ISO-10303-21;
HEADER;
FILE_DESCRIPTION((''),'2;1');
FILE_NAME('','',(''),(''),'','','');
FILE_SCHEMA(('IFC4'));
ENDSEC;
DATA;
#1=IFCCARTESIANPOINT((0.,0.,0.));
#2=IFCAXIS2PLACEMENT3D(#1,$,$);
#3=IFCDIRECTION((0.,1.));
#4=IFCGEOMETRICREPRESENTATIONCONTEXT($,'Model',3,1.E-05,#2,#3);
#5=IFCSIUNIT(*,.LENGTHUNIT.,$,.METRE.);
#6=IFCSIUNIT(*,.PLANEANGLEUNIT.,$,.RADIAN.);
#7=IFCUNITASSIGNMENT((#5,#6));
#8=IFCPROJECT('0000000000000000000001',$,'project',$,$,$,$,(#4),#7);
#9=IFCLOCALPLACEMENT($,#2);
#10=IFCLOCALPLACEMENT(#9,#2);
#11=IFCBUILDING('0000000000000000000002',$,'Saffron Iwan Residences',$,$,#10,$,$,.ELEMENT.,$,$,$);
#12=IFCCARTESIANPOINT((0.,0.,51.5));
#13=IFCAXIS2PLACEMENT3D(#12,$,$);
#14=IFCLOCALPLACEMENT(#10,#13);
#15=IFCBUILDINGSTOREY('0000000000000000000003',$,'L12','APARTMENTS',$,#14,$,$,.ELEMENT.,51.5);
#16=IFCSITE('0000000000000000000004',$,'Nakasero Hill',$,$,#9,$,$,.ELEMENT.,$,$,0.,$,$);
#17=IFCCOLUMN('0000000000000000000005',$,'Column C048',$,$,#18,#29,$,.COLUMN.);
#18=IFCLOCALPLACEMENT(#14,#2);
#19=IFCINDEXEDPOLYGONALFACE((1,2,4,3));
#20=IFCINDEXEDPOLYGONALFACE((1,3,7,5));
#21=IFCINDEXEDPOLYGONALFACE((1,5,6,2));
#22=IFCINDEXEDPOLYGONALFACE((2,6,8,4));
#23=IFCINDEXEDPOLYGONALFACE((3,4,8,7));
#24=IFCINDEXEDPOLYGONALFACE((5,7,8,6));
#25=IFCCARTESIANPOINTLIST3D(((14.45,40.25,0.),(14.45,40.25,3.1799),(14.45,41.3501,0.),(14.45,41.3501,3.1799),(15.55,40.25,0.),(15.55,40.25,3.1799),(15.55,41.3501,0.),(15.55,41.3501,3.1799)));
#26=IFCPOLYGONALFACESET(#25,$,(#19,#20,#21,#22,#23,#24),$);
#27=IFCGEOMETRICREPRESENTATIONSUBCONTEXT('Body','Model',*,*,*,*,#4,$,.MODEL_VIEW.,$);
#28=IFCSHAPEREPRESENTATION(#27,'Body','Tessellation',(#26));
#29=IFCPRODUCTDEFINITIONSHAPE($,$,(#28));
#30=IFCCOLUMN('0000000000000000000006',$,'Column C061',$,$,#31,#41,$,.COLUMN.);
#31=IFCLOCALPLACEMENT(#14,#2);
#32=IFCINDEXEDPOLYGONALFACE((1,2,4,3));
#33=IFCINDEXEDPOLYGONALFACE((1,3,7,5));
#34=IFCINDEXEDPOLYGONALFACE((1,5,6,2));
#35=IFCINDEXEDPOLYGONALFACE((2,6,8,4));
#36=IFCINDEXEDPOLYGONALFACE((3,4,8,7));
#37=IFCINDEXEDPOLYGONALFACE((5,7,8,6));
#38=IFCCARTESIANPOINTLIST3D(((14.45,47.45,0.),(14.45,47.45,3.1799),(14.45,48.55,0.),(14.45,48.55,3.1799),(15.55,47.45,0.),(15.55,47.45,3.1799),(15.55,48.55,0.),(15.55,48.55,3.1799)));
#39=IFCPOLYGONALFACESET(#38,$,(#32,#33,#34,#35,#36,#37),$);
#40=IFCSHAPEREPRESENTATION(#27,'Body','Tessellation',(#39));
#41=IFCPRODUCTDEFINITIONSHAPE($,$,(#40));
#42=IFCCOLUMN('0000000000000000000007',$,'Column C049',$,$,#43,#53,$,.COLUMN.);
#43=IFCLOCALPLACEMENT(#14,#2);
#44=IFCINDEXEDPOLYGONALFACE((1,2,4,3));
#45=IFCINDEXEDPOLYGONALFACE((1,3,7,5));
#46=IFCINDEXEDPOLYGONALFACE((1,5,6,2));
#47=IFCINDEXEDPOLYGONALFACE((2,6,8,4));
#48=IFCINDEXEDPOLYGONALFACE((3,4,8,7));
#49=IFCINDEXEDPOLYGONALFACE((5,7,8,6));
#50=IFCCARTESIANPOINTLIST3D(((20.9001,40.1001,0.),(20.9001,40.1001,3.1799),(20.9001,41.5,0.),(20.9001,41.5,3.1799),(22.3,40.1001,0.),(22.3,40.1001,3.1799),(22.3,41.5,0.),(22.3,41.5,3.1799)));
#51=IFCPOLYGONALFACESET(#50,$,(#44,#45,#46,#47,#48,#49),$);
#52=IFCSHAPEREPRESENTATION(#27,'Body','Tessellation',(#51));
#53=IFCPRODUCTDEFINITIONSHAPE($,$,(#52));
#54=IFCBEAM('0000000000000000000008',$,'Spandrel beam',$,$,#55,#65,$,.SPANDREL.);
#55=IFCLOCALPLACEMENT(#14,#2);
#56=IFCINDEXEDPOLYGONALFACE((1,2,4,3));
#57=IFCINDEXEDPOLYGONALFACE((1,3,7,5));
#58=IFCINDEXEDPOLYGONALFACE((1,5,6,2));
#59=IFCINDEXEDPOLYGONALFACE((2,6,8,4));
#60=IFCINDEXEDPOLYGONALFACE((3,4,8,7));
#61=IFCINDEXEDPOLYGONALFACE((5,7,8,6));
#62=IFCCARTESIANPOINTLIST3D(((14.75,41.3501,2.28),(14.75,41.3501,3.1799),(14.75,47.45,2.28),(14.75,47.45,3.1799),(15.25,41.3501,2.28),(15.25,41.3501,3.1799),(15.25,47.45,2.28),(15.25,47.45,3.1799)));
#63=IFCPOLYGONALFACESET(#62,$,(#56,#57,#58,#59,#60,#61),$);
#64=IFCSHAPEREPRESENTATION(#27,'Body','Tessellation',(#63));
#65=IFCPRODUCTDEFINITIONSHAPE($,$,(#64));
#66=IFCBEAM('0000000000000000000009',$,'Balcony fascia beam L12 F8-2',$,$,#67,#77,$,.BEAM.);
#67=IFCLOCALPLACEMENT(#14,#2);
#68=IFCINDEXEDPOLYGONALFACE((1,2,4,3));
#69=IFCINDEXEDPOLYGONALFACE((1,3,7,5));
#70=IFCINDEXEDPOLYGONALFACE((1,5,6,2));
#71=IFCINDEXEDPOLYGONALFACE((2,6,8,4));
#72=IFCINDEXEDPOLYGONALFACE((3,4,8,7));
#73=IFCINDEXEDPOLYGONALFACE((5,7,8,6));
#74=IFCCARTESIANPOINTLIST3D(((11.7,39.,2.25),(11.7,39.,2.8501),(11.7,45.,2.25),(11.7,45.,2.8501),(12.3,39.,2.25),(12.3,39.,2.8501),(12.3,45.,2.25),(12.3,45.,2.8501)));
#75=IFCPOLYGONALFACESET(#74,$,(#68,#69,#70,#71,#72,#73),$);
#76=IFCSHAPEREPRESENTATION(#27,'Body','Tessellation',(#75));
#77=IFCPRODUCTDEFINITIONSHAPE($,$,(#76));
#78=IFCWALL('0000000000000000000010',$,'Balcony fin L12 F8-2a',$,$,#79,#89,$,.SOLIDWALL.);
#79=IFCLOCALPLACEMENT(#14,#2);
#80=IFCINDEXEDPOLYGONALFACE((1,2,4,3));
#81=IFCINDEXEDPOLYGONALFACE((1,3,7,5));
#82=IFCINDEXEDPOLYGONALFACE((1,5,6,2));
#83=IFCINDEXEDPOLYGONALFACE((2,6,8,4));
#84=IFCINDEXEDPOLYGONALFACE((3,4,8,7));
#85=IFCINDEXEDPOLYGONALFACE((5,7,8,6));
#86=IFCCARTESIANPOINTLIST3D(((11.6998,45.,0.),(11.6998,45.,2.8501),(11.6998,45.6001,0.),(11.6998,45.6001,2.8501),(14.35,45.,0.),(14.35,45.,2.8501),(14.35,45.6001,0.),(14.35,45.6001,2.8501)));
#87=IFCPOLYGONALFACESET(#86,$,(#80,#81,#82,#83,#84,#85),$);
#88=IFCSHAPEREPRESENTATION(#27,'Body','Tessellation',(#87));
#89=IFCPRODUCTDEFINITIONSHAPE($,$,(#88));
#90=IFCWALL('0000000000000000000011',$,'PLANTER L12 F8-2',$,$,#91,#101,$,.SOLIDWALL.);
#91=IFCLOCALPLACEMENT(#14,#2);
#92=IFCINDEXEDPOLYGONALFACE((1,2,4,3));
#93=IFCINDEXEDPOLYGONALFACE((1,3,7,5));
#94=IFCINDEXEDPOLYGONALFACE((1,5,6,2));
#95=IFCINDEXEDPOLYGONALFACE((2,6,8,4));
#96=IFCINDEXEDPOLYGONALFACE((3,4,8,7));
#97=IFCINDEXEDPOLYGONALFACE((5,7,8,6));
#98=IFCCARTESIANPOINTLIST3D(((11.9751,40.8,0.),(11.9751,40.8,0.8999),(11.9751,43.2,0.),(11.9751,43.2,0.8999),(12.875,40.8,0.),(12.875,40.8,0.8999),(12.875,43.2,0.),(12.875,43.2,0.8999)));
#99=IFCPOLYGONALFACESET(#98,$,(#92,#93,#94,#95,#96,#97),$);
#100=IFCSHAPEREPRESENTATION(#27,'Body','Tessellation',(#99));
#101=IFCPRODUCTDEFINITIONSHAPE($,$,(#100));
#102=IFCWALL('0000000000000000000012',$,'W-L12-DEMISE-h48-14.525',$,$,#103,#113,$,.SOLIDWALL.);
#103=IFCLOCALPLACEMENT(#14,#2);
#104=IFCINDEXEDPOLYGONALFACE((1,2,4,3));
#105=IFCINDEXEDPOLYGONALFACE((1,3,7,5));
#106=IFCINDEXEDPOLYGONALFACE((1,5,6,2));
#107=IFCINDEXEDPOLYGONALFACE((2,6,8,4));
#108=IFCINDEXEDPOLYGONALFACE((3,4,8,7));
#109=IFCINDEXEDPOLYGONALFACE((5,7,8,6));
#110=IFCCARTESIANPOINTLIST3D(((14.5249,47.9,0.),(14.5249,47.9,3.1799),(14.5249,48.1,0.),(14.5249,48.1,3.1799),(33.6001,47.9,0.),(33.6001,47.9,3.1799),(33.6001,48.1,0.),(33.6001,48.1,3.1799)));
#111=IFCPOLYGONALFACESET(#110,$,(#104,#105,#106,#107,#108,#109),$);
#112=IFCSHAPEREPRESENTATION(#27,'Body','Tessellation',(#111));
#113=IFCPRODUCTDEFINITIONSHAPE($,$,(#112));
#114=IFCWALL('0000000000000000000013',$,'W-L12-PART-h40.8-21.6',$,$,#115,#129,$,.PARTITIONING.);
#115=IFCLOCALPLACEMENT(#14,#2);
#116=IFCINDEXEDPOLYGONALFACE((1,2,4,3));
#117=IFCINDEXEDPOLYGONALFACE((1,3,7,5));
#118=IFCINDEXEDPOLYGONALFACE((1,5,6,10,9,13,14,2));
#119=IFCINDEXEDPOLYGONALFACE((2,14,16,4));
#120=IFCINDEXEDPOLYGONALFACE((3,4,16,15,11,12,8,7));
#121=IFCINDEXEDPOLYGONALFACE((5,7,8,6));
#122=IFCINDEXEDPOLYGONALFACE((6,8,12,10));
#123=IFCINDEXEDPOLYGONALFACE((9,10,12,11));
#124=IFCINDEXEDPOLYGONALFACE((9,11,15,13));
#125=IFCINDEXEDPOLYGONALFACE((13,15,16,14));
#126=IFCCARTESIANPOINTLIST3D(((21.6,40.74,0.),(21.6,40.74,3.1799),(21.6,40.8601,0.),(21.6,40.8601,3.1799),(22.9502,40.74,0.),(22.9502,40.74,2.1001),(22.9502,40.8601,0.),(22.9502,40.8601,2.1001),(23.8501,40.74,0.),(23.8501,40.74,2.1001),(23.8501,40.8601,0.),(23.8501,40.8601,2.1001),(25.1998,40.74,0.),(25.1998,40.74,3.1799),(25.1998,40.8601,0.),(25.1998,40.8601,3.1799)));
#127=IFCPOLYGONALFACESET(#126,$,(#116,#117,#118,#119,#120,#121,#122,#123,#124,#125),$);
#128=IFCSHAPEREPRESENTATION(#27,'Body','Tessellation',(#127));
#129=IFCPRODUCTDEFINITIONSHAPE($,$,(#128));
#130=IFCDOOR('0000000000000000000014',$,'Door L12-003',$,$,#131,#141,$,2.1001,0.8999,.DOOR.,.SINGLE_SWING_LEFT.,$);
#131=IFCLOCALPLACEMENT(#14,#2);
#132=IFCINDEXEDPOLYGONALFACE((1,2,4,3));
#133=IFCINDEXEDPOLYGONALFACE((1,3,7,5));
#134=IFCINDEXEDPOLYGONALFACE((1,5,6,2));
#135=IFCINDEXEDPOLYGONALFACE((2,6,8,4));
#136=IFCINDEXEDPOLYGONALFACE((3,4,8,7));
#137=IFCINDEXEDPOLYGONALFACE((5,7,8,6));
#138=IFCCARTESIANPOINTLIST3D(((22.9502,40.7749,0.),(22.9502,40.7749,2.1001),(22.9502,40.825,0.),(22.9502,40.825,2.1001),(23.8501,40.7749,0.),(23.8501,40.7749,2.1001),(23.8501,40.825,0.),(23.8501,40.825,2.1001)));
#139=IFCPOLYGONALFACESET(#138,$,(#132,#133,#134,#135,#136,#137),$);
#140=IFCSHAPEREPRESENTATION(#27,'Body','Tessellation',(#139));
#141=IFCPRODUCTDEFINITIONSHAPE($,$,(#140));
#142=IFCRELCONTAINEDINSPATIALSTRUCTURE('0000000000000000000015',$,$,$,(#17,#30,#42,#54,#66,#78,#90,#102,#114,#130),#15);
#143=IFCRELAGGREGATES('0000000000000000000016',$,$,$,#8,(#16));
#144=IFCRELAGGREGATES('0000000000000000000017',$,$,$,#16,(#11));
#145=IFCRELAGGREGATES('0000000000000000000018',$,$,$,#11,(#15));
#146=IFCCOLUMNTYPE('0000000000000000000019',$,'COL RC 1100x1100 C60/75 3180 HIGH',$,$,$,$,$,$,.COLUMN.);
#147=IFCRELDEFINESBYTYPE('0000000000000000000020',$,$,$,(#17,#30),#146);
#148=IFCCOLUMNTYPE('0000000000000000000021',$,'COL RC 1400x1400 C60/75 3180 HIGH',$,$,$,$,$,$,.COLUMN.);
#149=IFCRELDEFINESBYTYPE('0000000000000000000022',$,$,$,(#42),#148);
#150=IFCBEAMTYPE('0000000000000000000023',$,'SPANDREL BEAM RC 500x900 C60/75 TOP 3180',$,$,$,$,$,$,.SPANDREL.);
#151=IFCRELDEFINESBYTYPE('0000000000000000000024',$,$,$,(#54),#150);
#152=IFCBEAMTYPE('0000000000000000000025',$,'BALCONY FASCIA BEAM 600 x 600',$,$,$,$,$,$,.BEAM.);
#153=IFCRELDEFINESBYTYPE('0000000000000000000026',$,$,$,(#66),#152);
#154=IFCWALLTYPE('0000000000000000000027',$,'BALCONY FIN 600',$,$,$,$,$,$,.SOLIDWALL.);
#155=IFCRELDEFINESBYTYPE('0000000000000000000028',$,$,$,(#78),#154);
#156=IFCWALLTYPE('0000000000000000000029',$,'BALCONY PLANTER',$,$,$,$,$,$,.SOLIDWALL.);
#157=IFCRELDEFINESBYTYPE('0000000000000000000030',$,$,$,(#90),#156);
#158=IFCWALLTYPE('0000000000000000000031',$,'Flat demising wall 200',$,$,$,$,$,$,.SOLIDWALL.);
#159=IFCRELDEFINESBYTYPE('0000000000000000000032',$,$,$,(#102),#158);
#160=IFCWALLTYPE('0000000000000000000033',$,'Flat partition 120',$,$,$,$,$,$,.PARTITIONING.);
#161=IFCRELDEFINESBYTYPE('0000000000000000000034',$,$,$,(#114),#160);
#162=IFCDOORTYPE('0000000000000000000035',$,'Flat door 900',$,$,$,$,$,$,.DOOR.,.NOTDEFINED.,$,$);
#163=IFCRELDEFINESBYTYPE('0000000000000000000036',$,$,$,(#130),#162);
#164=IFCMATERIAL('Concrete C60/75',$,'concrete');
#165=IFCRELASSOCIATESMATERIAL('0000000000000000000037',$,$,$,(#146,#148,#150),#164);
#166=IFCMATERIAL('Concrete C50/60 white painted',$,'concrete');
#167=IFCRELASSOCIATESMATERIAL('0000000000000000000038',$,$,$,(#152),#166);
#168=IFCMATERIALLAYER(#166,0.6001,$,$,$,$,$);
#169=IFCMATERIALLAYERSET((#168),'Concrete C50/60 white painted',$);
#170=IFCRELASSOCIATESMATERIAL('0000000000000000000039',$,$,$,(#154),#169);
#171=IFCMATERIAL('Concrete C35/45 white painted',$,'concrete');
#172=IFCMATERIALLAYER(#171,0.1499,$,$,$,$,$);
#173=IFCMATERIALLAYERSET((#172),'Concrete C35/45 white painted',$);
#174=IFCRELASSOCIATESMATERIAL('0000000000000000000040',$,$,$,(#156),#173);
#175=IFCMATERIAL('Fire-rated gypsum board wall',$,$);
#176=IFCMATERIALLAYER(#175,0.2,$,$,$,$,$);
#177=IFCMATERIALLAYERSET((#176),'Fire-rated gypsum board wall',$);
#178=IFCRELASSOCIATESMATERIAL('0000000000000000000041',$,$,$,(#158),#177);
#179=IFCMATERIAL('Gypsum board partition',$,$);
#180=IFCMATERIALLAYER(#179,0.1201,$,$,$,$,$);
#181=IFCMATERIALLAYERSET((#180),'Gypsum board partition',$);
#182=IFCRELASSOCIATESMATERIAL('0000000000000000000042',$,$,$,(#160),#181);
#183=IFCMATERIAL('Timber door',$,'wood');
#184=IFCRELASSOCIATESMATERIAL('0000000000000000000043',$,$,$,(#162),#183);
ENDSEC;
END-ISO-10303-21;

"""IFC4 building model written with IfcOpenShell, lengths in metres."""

from ifc_helpers import new_model, si_unit, direction, frame, frame_2d, origin, origin_2d, place, context, subcontext, project, spatial, rectangle, extrude, source, transform, mapped, material, layer, layer_set, material_profile, profile_set, type_object, element, fill, save


model = new_model("IFC4")

# Units and contexts
model_context = context("Model", 3, precision=1e-05, world=origin(), true_north=direction((0.0, 1.0)))
body_context = subcontext(model_context, "Body", "Model", "MODEL_VIEW")
ifc_project = project(units=[si_unit("LENGTHUNIT", "METRE"), si_unit("PLANEANGLEUNIT", "RADIAN")], contexts=[model_context])

# Site, building, storey
site_placement = place(None, origin())
site = spatial("IfcSite", under=ifc_project, at=site_placement, Name="Nakasero Hill", CompositionType="ELEMENT", RefElevation=0.0)
building_placement = place(site_placement, origin())
building = spatial("IfcBuilding", under=site, at=building_placement, Name="Saffron Iwan Residences", CompositionType="ELEMENT")
storey_placement = place(building_placement, frame((0.0, 0.0, 51.5)))
storey = spatial("IfcBuildingStorey", under=building, at=storey_placement, Name="L12", Description="APARTMENTS", CompositionType="ELEMENT", Elevation=51.5)

# Columns
ifc_material_1 = material(Name="Concrete C60/75", Category="concrete")
ifc_material_profile_1 = material_profile(ifc_material_1, rectangle(XDim=1.1001, YDim=1.1001, at=origin_2d()), Name="RC 1100x1100")
ifc_profile_set_1 = profile_set([ifc_material_profile_1], Name="Concrete C60/75")
column_type_1 = type_object("IfcColumnType", Name="COL RC 1100x1100 C60/75 3180 HIGH", PredefinedType="COLUMN", material=ifc_profile_set_1)
shared_shape_1 = source(origin(), body_context, "Body", "SweptSolid", [
    extrude(rectangle(XDim=1.1001, YDim=1.1001, at=origin_2d()), origin(), (0.0, 0.0, 1.0), 3.1799),
])
for number, where, z_axis, x_axis, name in (
    (1, (15.0, 40.8, 0.0), (0.0, 0.0, 1.0), (1.0, 0.0, 0.0), "Column C048"),
    (2, (15.0, 48.0, 0.0), (0.0, 0.0, 1.0), (1.0, 0.0, 0.0), "Column C061"),
):
    element("IfcColumn", number, at=place(storey_placement, frame(where, z_axis=z_axis, x_axis=x_axis)), inside=storey, type_object=column_type_1, Name=name, PredefinedType="COLUMN", context=body_context, shape_type="MappedRepresentation", body=[
        mapped(shared_shape_1, transform((0.0, 0.0, 0.0))),
    ])
ifc_material_profile_2 = material_profile(ifc_material_1, rectangle(XDim=1.3999, YDim=1.3999, at=origin_2d()), Name="RC 1400x1400")
ifc_profile_set_2 = profile_set([ifc_material_profile_2], Name="Concrete C60/75")
column_type_2 = type_object("IfcColumnType", Name="COL RC 1400x1400 C60/75 3180 HIGH", PredefinedType="COLUMN", material=ifc_profile_set_2)
shared_shape_2 = source(origin(), body_context, "Body", "SweptSolid", [
    extrude(rectangle(XDim=1.3999, YDim=1.3999, at=origin_2d()), origin(), (0.0, 0.0, 1.0), 3.1799),
])
column_placement = place(storey_placement, frame((21.6001, 40.8, 0.0), z_axis=(0.0, 0.0, 1.0), x_axis=(1.0, 0.0, 0.0)))
element("IfcColumn", 3, at=column_placement, inside=storey, type_object=column_type_2, Name="Column C049", PredefinedType="COLUMN", context=body_context, shape_type="MappedRepresentation", body=[
    mapped(shared_shape_2, transform((0.0, 0.0, 0.0))),
])

# Beams
ifc_material_profile_3 = material_profile(ifc_material_1, rectangle(XDim=0.5, YDim=0.8999, at=origin_2d()), Name="RC 500x900")
ifc_profile_set_3 = profile_set([ifc_material_profile_3], Name="Concrete C60/75")
beam_type_1 = type_object("IfcBeamType", Name="SPANDREL BEAM RC 500x900 C60/75 TOP 3180", PredefinedType="SPANDREL", material=ifc_profile_set_3)
shared_shape_3 = source(origin(), body_context, "Body", "SweptSolid", [
    extrude(rectangle(XDim=0.5, YDim=0.8999, at=origin_2d()), origin(), (0.0, 0.0, 1.0), 6.0999),
])
beam_1_placement = place(storey_placement, frame((15.0, 41.3501, 2.73), z_axis=(0.0, 1.0, 0.0), x_axis=(-1.0, 0.0, 0.0)))
element("IfcBeam", 4, at=beam_1_placement, inside=storey, type_object=beam_type_1, Name="Spandrel beam", PredefinedType="SPANDREL", context=body_context, shape_type="MappedRepresentation", body=[
    mapped(shared_shape_3, transform((0.0, 0.0, 0.0))),
])
ifc_material_2 = material(Name="Concrete C50/60 white painted", Category="concrete")
ifc_material_profile_4 = material_profile(ifc_material_2, rectangle(XDim=0.6001, YDim=0.6001, at=origin_2d()), Name="BALCONY FASCIA BEAM 600 x 600")
ifc_profile_set_4 = profile_set([ifc_material_profile_4], Name="Concrete C50/60 white painted")
beam_type_2 = type_object("IfcBeamType", Name="BALCONY FASCIA BEAM 600 x 600", PredefinedType="BEAM", material=ifc_profile_set_4)
shared_shape_4 = source(origin(), body_context, "Body", "SweptSolid", [
    extrude(rectangle(XDim=0.6001, YDim=0.6001, at=origin_2d()), origin(), (0.0, 0.0, 1.0), 6.0),
])
beam_2_placement = place(storey_placement, frame((12.0, 45.0, 2.55), z_axis=(0.0, -1.0, 0.0), x_axis=(1.0, 0.0, 0.0)))
element("IfcBeam", 5, at=beam_2_placement, inside=storey, type_object=beam_type_2, Name="Balcony fascia beam L12 F8-2", PredefinedType="BEAM", context=body_context, shape_type="MappedRepresentation", body=[
    mapped(shared_shape_4, transform((0.0, 0.0, 0.0))),
])

# Walls
ifc_layer_1 = layer(ifc_material_2, 0.6001)
ifc_layer_set_1 = layer_set([ifc_layer_1], Name="Concrete C50/60 white painted")
wall_type_1 = type_object("IfcWallType", Name="BALCONY FIN 600", PredefinedType="SOLIDWALL", material=ifc_layer_set_1)
wall_1_placement = place(storey_placement, frame((14.3501, 45.3, 0.0), z_axis=(0.0, 0.0, 1.0), x_axis=(-1.0, 0.0, 0.0)))
element("IfcWall", 6, at=wall_1_placement, inside=storey, type_object=wall_type_1, Name="Balcony fin L12 F8-2a", PredefinedType="SOLIDWALL", context=body_context, shape_type="SweptSolid", body=[
    extrude(rectangle(XDim=2.6501, YDim=0.6001, at=frame_2d((1.3252, 0.0))), origin(), (0.0, 0.0, 1.0), 2.8501),
])
ifc_material_3 = material(Name="Concrete C35/45 white painted", Category="concrete")
ifc_layer_2 = layer(ifc_material_3, 0.1499)
ifc_layer_set_2 = layer_set([ifc_layer_2], Name="Concrete C35/45 white painted")
wall_type_2 = type_object("IfcWallType", Name="BALCONY PLANTER", PredefinedType="SOLIDWALL", material=ifc_layer_set_2)
wall_2_placement = place(storey_placement, frame((12.425, 43.2, 0.0), z_axis=(0.0, 0.0, 1.0), x_axis=(0.0, -1.0, 0.0)))
element("IfcWall", 7, at=wall_2_placement, inside=storey, type_object=wall_type_2, Name="PLANTER L12 F8-2", PredefinedType="SOLIDWALL", context=body_context, shape_type="SweptSolid", body=[
    extrude(rectangle(XDim=2.3999, YDim=0.8999, at=frame_2d((1.2, 0.0))), origin(), (0.0, 0.0, 1.0), 0.8999),
])

# Wall
ifc_material_4 = material(Name="Fire-rated gypsum board wall")
ifc_layer_3 = layer(ifc_material_4, 0.2)
ifc_layer_set_3 = layer_set([ifc_layer_3], Name="Fire-rated gypsum board wall")
wall_type_3 = type_object("IfcWallType", Name="Flat demising wall 200", PredefinedType="SOLIDWALL", material=ifc_layer_set_3)
wall_3_placement = place(storey_placement, frame((14.5249, 48.0, 0.0), z_axis=(0.0, 0.0, 1.0), x_axis=(1.0, 0.0, 0.0)))
element("IfcWall", 8, at=wall_3_placement, inside=storey, type_object=wall_type_3, Name="W-L12-DEMISE-h48-14.525", PredefinedType="SOLIDWALL", context=body_context, shape_type="SweptSolid", body=[
    extrude(rectangle(XDim=19.0752, YDim=0.2, at=frame_2d((9.5376, 0.0))), origin(), (0.0, 0.0, 1.0), 3.1799),
])

# Wall, opening, door
ifc_material_5 = material(Name="Gypsum board partition")
ifc_layer_4 = layer(ifc_material_5, 0.1201)
ifc_layer_set_4 = layer_set([ifc_layer_4], Name="Gypsum board partition")
wall_type_4 = type_object("IfcWallType", Name="Flat partition 120", PredefinedType="PARTITIONING", material=ifc_layer_set_4)
wall_4_placement = place(storey_placement, frame((21.6001, 40.8, 0.0), z_axis=(0.0, 0.0, 1.0), x_axis=(1.0, 0.0, 0.0)))
wall_4 = element("IfcWall", 9, at=wall_4_placement, inside=storey, type_object=wall_type_4, Name="W-L12-PART-h40.8-21.6", PredefinedType="PARTITIONING", context=body_context, shape_type="SweptSolid", body=[
    extrude(rectangle(XDim=3.5999, YDim=0.1201, at=frame_2d((1.7998, 0.0))), origin(), (0.0, 0.0, 1.0), 3.1799),
])
opening_1_placement = place(wall_4_placement, frame((1.3501, 0.0, 0.0)))
opening_1 = element("IfcOpeningElement", 10, at=opening_1_placement, cuts=wall_4, PredefinedType="OPENING", context=body_context, shape_type="SweptSolid", body=[
    extrude(rectangle(XDim=0.8999, YDim=2.1001, at=frame_2d((0.45, 1.05))), frame((0.0, 0.0701, 0.0), z_axis=(0.0, -1.0, 0.0), x_axis=(1.0, 0.0, 0.0)), (0.0, 0.0, 1.0), 0.1401),
])
ifc_material_6 = material(Name="Timber door", Category="wood")
door_type_1 = type_object("IfcDoorType", Name="Flat door 900", OperationType="NOTDEFINED", PredefinedType="DOOR", material=ifc_material_6)
door_1_placement = place(opening_1_placement, origin())
door_1 = element("IfcDoor", 11, at=door_1_placement, inside=storey, type_object=door_type_1, Name="Door L12-003", OperationType="SINGLE_SWING_LEFT", OverallHeight=2.1001, OverallWidth=0.8999, PredefinedType="DOOR", context=body_context, shape_type="SweptSolid", body=[
    extrude(rectangle(XDim=0.8999, YDim=2.1001, at=frame_2d((0.45, 1.05))), frame((0.0, 0.0249, 0.0), z_axis=(0.0, -1.0, 0.0), x_axis=(1.0, 0.0, 0.0)), (0.0, 0.0, 1.0), 0.05),
])
fill(opening_1, door_1)

save(model, "model.ifc")
